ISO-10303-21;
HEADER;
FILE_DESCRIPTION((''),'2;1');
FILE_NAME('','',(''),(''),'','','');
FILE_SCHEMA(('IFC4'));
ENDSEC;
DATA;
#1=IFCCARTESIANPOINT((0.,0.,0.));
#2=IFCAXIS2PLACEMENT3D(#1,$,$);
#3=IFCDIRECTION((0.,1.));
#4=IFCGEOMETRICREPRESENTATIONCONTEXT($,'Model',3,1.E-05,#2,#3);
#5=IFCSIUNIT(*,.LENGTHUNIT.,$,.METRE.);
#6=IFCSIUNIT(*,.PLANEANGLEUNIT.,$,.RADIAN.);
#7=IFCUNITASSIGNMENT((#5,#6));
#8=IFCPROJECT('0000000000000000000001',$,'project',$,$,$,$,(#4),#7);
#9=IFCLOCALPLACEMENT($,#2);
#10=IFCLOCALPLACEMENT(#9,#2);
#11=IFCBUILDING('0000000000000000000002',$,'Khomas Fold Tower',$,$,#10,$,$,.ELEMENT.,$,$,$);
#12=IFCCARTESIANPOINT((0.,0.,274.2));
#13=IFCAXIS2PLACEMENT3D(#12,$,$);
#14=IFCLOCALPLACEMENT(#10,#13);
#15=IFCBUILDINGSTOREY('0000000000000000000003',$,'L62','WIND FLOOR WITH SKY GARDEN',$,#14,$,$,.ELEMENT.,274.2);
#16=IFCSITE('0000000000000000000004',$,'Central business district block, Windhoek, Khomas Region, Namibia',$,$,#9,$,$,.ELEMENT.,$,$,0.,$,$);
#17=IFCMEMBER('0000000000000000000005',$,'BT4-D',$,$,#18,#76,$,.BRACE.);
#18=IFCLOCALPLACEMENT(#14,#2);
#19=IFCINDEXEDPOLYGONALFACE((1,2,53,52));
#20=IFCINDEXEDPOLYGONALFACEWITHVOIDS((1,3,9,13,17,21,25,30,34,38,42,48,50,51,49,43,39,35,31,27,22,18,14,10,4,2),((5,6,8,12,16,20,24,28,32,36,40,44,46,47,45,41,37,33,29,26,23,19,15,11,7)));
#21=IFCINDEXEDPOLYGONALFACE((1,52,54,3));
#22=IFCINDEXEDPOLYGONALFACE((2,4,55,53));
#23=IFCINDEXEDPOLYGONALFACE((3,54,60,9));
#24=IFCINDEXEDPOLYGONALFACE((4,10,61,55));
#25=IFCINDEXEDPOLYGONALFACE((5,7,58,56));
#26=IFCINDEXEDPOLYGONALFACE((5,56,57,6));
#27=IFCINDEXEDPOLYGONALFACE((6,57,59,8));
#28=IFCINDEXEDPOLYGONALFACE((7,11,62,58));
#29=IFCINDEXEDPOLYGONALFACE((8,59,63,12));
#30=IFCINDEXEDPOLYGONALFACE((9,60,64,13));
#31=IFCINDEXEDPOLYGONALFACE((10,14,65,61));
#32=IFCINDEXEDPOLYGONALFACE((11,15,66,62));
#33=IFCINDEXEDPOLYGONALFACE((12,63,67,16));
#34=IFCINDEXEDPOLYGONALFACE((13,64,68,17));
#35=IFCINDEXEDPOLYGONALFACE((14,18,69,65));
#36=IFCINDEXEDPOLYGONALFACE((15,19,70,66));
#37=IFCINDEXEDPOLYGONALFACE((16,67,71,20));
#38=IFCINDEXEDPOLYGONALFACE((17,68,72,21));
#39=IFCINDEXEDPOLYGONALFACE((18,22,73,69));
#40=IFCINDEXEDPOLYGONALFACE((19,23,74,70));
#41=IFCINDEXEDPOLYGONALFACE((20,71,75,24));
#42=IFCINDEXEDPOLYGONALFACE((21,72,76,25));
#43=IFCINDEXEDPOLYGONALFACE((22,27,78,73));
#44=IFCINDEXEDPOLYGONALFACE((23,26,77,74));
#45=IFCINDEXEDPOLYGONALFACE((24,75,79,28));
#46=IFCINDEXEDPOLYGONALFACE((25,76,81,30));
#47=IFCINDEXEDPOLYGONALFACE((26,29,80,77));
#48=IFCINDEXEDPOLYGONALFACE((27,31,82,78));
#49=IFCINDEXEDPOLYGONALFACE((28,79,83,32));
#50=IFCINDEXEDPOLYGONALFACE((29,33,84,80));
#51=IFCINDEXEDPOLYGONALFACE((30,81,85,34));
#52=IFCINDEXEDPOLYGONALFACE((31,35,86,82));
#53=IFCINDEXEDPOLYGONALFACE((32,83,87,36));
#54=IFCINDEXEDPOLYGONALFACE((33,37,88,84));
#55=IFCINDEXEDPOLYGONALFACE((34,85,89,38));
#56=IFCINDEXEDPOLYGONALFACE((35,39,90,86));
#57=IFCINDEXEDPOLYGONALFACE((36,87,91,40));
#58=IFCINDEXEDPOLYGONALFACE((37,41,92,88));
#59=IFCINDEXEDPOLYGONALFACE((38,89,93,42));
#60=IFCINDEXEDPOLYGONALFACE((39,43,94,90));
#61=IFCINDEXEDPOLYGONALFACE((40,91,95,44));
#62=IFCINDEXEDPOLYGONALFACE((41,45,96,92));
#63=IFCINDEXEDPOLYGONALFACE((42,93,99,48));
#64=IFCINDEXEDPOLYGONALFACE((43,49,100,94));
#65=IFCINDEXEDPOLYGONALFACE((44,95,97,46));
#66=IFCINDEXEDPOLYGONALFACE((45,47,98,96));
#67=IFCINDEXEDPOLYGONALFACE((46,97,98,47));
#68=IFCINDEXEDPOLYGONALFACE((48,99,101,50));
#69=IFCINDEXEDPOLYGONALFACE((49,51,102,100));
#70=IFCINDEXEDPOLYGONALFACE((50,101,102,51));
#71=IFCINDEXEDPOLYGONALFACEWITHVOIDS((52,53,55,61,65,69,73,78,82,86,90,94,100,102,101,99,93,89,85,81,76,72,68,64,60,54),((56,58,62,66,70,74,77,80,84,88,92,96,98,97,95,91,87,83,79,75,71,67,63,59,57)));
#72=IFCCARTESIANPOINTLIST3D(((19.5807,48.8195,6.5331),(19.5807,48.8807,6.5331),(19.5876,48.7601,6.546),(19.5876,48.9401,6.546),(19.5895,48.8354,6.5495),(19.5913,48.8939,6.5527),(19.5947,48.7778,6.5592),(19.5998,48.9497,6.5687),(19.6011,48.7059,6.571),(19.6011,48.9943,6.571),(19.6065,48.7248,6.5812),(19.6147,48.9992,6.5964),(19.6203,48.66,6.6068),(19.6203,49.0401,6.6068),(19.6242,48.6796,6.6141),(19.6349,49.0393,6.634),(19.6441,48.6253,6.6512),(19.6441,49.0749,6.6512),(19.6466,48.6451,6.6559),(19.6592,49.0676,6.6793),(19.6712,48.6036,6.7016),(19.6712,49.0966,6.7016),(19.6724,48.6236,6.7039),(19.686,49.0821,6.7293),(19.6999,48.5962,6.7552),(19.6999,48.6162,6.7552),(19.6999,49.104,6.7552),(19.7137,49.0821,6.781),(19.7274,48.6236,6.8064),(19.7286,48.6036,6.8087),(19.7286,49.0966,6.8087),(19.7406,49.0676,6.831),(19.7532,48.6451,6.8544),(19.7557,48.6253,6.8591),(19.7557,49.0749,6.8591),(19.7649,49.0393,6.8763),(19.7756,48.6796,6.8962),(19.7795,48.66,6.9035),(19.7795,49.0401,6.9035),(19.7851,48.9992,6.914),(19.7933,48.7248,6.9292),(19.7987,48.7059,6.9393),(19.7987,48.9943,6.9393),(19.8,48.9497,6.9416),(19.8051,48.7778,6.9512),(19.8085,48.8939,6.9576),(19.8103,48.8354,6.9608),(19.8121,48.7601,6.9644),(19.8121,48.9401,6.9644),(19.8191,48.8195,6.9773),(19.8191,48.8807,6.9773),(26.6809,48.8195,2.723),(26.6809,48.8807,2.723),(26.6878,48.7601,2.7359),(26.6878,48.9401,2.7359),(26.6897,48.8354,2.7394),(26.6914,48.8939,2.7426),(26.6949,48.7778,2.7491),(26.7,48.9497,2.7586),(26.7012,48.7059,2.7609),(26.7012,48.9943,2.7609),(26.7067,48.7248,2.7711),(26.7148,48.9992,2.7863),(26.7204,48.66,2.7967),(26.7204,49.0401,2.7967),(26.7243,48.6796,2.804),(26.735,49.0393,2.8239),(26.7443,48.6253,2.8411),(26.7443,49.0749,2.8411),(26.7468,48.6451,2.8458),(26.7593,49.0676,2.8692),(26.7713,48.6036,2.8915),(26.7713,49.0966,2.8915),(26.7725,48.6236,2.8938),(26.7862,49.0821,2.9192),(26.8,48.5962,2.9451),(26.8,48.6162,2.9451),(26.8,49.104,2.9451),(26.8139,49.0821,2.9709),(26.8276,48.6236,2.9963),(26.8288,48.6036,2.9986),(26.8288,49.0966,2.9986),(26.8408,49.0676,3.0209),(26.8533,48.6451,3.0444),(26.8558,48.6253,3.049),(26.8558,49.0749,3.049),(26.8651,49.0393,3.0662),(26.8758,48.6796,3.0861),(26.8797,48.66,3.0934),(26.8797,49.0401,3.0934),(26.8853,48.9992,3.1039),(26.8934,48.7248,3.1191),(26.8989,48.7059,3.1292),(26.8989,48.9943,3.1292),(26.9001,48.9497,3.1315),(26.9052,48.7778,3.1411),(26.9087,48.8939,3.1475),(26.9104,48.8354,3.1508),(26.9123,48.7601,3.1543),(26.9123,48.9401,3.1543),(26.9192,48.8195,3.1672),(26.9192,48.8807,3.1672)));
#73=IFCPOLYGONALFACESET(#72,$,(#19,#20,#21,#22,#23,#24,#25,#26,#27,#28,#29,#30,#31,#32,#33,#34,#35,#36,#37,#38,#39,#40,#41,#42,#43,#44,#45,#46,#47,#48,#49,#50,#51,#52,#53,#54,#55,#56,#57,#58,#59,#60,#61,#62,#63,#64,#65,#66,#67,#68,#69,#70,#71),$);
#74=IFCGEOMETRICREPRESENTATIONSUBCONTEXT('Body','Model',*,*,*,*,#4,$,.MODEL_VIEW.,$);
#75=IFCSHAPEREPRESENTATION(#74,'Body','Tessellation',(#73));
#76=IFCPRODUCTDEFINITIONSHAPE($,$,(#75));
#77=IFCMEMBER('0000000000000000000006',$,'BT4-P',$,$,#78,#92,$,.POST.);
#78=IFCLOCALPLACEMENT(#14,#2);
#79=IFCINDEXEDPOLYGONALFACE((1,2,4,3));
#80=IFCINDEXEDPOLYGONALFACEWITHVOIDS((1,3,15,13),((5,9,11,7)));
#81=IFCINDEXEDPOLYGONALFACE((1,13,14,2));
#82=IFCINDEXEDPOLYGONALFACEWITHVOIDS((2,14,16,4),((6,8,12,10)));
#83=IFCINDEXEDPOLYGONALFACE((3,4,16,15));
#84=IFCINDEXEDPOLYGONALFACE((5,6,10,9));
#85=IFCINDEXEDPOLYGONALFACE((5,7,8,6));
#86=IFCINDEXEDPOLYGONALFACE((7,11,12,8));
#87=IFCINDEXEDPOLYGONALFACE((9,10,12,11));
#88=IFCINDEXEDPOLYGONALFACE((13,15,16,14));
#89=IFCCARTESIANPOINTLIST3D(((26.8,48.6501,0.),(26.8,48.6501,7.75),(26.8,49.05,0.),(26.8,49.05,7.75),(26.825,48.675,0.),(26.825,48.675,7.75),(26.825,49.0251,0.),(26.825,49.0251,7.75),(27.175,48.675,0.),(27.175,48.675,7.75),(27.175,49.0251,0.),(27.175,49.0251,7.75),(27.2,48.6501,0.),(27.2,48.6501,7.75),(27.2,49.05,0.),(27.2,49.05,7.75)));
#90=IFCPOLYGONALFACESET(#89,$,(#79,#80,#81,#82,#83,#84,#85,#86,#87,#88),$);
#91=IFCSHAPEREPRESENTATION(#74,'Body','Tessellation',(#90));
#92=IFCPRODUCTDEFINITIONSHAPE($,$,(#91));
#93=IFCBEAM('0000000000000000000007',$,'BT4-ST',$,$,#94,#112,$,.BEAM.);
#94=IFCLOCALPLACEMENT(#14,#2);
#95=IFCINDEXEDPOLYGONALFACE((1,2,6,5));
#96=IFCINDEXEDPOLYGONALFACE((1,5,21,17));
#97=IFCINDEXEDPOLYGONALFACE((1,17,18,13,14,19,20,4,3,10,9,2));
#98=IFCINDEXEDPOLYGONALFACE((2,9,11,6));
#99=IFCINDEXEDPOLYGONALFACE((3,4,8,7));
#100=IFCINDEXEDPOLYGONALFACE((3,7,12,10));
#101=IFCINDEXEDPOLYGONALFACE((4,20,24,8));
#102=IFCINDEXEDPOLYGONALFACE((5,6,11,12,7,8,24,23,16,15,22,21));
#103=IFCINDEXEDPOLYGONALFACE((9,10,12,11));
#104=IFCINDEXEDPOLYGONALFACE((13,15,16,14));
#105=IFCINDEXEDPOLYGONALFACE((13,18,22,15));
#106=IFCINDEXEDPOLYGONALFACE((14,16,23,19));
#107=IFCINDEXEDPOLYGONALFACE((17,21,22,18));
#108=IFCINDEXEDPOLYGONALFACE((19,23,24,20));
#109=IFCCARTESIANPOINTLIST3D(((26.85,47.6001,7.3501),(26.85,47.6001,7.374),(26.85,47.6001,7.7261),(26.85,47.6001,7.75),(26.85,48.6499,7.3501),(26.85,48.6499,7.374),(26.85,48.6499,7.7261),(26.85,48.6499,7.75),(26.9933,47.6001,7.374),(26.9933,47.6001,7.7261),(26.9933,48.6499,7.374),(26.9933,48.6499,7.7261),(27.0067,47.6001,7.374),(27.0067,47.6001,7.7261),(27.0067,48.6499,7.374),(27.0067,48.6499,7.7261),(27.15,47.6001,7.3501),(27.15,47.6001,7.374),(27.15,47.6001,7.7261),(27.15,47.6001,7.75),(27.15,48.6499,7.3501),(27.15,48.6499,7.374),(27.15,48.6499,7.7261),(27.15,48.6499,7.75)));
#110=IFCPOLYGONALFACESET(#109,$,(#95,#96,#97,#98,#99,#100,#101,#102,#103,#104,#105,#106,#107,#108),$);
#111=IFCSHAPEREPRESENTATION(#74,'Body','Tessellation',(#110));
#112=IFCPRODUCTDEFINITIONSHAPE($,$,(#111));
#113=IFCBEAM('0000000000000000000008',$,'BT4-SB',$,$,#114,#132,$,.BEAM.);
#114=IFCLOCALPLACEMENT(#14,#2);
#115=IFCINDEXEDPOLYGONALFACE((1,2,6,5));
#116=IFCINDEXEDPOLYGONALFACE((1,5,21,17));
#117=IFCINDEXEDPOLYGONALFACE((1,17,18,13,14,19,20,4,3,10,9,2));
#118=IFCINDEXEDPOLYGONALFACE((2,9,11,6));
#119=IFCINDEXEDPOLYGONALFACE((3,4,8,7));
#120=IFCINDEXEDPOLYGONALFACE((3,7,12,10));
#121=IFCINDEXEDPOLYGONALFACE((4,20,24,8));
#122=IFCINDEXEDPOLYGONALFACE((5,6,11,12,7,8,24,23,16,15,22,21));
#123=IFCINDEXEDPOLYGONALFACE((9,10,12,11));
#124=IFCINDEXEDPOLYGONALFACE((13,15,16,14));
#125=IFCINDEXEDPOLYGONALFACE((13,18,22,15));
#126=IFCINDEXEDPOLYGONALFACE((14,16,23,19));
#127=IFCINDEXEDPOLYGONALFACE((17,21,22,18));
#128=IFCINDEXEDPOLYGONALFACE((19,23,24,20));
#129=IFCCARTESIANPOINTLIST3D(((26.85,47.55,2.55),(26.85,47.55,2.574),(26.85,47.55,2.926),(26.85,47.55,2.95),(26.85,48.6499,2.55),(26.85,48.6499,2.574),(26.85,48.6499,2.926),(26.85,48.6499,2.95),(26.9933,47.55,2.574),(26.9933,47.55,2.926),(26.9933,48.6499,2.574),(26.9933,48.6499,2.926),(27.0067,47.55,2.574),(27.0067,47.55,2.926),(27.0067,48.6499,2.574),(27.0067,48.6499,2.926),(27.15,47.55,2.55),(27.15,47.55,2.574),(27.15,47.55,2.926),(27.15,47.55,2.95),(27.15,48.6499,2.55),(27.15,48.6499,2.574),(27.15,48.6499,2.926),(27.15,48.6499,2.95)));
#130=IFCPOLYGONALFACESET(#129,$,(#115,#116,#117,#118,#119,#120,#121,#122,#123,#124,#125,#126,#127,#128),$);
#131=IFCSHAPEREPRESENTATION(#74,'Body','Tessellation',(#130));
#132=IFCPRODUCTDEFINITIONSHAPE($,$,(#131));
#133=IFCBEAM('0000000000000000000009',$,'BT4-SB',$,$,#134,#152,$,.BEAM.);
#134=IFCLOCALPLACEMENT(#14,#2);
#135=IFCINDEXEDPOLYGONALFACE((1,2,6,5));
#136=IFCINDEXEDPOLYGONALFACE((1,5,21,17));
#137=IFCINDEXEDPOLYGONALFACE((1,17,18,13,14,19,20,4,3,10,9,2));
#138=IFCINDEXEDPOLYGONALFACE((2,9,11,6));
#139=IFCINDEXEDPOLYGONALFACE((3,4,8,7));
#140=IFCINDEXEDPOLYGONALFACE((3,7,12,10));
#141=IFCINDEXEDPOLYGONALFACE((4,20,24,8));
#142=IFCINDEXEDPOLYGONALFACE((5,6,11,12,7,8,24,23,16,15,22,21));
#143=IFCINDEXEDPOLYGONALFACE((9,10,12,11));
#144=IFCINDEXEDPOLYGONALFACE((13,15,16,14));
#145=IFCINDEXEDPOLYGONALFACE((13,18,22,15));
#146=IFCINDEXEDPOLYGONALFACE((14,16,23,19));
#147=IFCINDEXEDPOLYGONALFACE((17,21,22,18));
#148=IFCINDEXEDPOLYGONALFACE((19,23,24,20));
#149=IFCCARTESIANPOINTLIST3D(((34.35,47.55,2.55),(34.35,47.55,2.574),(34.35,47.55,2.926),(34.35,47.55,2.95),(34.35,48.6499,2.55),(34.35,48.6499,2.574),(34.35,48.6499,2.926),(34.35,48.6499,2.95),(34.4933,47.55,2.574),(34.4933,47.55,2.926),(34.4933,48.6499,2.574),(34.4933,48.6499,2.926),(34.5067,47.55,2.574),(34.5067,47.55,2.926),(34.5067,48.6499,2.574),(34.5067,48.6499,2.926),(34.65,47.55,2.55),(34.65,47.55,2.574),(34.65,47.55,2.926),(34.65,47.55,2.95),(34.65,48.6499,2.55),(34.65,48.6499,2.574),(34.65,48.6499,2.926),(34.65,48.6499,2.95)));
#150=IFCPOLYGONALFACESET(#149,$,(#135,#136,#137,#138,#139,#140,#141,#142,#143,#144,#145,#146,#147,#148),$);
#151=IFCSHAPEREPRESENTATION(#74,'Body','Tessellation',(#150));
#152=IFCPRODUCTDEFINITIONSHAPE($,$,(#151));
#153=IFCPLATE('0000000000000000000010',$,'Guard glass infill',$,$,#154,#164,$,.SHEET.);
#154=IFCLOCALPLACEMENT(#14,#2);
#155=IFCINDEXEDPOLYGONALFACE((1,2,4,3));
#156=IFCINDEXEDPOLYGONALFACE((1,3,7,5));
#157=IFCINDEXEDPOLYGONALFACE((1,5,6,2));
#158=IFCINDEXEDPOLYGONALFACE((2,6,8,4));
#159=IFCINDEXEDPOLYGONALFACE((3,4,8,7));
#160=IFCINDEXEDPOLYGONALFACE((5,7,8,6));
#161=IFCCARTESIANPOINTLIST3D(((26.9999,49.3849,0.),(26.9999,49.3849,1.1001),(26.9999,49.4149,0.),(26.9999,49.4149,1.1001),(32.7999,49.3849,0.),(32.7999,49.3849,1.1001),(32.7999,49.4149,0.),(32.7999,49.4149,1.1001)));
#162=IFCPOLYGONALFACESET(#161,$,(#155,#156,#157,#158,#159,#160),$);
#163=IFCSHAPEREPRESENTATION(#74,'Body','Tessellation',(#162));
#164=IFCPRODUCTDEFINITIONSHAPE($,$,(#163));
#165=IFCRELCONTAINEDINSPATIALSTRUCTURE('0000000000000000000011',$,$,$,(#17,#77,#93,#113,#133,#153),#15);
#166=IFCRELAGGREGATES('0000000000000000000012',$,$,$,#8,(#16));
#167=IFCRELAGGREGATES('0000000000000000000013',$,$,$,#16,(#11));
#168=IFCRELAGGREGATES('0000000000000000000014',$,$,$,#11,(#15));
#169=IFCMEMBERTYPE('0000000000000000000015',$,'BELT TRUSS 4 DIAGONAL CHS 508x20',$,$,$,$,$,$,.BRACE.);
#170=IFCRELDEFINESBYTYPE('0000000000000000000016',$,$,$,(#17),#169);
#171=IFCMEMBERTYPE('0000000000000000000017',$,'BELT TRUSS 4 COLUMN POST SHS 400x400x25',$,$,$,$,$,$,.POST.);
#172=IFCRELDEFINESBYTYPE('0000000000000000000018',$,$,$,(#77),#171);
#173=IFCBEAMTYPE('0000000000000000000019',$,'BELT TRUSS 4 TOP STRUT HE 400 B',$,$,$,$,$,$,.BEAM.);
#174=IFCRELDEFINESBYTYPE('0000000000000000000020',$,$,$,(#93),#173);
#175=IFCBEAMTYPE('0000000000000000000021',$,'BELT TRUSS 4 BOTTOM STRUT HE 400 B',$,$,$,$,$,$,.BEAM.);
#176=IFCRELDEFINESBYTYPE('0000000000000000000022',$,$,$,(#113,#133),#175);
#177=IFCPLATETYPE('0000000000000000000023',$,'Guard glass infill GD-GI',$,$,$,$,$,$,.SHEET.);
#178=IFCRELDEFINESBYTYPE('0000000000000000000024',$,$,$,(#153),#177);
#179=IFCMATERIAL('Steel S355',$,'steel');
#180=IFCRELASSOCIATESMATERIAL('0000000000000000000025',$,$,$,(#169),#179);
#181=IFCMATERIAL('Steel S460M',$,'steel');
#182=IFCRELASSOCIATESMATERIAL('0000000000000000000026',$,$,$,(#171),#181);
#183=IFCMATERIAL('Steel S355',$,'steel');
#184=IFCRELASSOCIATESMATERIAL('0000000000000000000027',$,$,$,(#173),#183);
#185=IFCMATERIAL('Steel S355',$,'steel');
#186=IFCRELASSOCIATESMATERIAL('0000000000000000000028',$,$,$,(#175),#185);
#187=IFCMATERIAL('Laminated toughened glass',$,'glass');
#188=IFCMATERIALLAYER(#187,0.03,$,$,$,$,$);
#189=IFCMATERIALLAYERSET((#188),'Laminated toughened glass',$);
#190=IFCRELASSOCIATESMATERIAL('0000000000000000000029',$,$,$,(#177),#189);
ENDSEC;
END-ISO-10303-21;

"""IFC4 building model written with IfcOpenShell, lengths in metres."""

from ifc_helpers import new_model, si_unit, direction, frame, origin, origin_2d, place, context, subcontext, project, spatial, rectangle, hollow_rectangle, hollow_circle, i_section, extrude, source, transform, mapped, material, layer, layer_set, material_profile, profile_set, type_object, element, save


model = new_model("IFC4")

# Units and contexts
model_context = context("Model", 3, precision=1e-05, world=origin(), true_north=direction((0.0, 1.0)))
body_context = subcontext(model_context, "Body", "Model", "MODEL_VIEW")
ifc_project = project(units=[si_unit("LENGTHUNIT", "METRE"), si_unit("PLANEANGLEUNIT", "RADIAN")], contexts=[model_context])

# Site, building, storey
site_placement = place(None, origin())
site = spatial("IfcSite", under=ifc_project, at=site_placement, Name="Central business district block, Windhoek, Khomas Region, Namibia", CompositionType="ELEMENT", RefElevation=0.0)
building_placement = place(site_placement, origin())
building = spatial("IfcBuilding", under=site, at=building_placement, Name="Khomas Fold Tower", CompositionType="ELEMENT")
storey_placement = place(building_placement, frame((0.0, 0.0, 274.2)))
storey = spatial("IfcBuildingStorey", under=building, at=storey_placement, Name="L62", Description="WIND FLOOR WITH SKY GARDEN", CompositionType="ELEMENT", Elevation=274.2)

# Members
ifc_material_1 = material(Name="Steel S355", Category="steel")
ifc_material_profile_1 = material_profile(ifc_material_1, hollow_circle(Radius=0.2539, WallThickness=0.02, at=origin_2d()), Name="CHS 508x20")
ifc_profile_set_1 = profile_set([ifc_material_profile_1], Name="Steel S355")
member_type_1 = type_object("IfcMemberType", Name="BELT TRUSS 4 DIAGONAL CHS 508x20", PredefinedType="BRACE", material=ifc_profile_set_1)
shared_shape_1 = source(origin(), body_context, "Body", "SweptSolid", [
    extrude(hollow_circle(Radius=0.2539, WallThickness=0.02, at=origin_2d()), origin(), (0.0, 0.0, 1.0), 8.0579),
])
for number, where, z_axis, x_axis, name in (
    (1, (26.8, 48.8501, 2.9451), (-0.881147, 0.0, 0.472842), (0.0, -1.0, 0.0), "BT4-D"),
):
    element("IfcMember", number, at=place(storey_placement, frame(where, z_axis=z_axis, x_axis=x_axis)), inside=storey, type_object=member_type_1, Name=name, PredefinedType="BRACE", context=body_context, shape_type="MappedRepresentation", body=[
        mapped(shared_shape_1, transform((0.0, 0.0, 0.0))),
    ])
ifc_material_2 = material(Name="Steel S460M", Category="steel")
ifc_material_profile_2 = material_profile(ifc_material_2, hollow_rectangle(XDim=0.3999, YDim=0.3999, WallThickness=0.0249, at=origin_2d()), Name="SHS 400x400x25")
ifc_profile_set_2 = profile_set([ifc_material_profile_2], Name="Steel S460M")
member_type_2 = type_object("IfcMemberType", Name="BELT TRUSS 4 COLUMN POST SHS 400x400x25", PredefinedType="POST", material=ifc_profile_set_2)
shared_shape_2 = source(origin(), body_context, "Body", "SweptSolid", [
    extrude(hollow_rectangle(XDim=0.3999, YDim=0.3999, WallThickness=0.0249, at=origin_2d()), origin(), (0.0, 0.0, 1.0), 7.75),
])
member_placement = place(storey_placement, frame((27.0, 48.8501, 0.0), z_axis=(0.0, 0.0, 1.0), x_axis=(1.0, 0.0, 0.0)))
element("IfcMember", 2, at=member_placement, inside=storey, type_object=member_type_2, Name="BT4-P", PredefinedType="POST", context=body_context, shape_type="MappedRepresentation", body=[
    mapped(shared_shape_2, transform((0.0, 0.0, 0.0))),
])

# Beams
ifc_material_3 = material(Name="Steel S355", Category="steel")
ifc_material_profile_3 = material_profile(ifc_material_3, i_section(OverallWidth=0.3, OverallDepth=0.3999, WebThickness=0.0134, FlangeThickness=0.0239, at=origin_2d()), Name="HE 400 B")
ifc_profile_set_3 = profile_set([ifc_material_profile_3], Name="Steel S355")
beam_type_1 = type_object("IfcBeamType", Name="BELT TRUSS 4 TOP STRUT HE 400 B", PredefinedType="BEAM", material=ifc_profile_set_3)
shared_shape_3 = source(origin(), body_context, "Body", "SweptSolid", [
    extrude(i_section(OverallWidth=0.3, OverallDepth=0.3999, WebThickness=0.0134, FlangeThickness=0.0239, at=origin_2d()), origin(), (0.0, 0.0, 1.0), 1.0498),
])
beam_1_placement = place(storey_placement, frame((27.0, 47.6001, 7.55), z_axis=(0.0, 1.0, 0.0), x_axis=(-1.0, 0.0, 0.0)))
element("IfcBeam", 3, at=beam_1_placement, inside=storey, type_object=beam_type_1, Name="BT4-ST", PredefinedType="BEAM", context=body_context, shape_type="MappedRepresentation", body=[
    mapped(shared_shape_3, transform((0.0, 0.0, 0.0))),
])
ifc_material_4 = material(Name="Steel S355", Category="steel")
ifc_material_profile_4 = material_profile(ifc_material_4, i_section(OverallWidth=0.3, OverallDepth=0.3999, WebThickness=0.0134, FlangeThickness=0.0239, at=origin_2d()), Name="HE 400 B")
ifc_profile_set_4 = profile_set([ifc_material_profile_4], Name="Steel S355")
beam_type_2 = type_object("IfcBeamType", Name="BELT TRUSS 4 BOTTOM STRUT HE 400 B", PredefinedType="BEAM", material=ifc_profile_set_4)
shared_shape_4 = source(origin(), body_context, "Body", "SweptSolid", [
    extrude(i_section(OverallWidth=0.3, OverallDepth=0.3999, WebThickness=0.0134, FlangeThickness=0.0239, at=origin_2d()), origin(), (0.0, 0.0, 1.0), 1.0999),
])
for number, where, z_axis, x_axis, name in (
    (4, (27.0, 47.55, 2.75), (0.0, 1.0, 0.0), (-1.0, 0.0, 0.0), "BT4-SB"),
    (5, (34.5, 47.55, 2.75), (0.0, 1.0, 0.0), (-1.0, 0.0, 0.0), "BT4-SB"),
):
    element("IfcBeam", number, at=place(storey_placement, frame(where, z_axis=z_axis, x_axis=x_axis)), inside=storey, type_object=beam_type_2, Name=name, PredefinedType="BEAM", context=body_context, shape_type="MappedRepresentation", body=[
        mapped(shared_shape_4, transform((0.0, 0.0, 0.0))),
    ])

# Plate
ifc_material_5 = material(Name="Laminated toughened glass", Category="glass")
ifc_layer_1 = layer(ifc_material_5, 0.03)
ifc_layer_set_1 = layer_set([ifc_layer_1], Name="Laminated toughened glass")
plate_type = type_object("IfcPlateType", Name="Guard glass infill GD-GI", PredefinedType="SHEET", material=ifc_layer_set_1)
shared_shape_5 = source(origin(), body_context, "Body", "SweptSolid", [
    extrude(rectangle(XDim=5.8, YDim=0.03, at=origin_2d()), origin(), (0.0, 0.0, 1.0), 1.1001),
])
plate_placement = place(storey_placement, frame((29.8999, 49.3999, 0.0), z_axis=(0.0, 0.0, 1.0), x_axis=(1.0, 0.0, 0.0)))
element("IfcPlate", 6, at=plate_placement, inside=storey, type_object=plate_type, Name="Guard glass infill", PredefinedType="SHEET", context=body_context, shape_type="MappedRepresentation", body=[
    mapped(shared_shape_5, transform((0.0, 0.0, 0.0))),
])

save(model, "model.ifc")
